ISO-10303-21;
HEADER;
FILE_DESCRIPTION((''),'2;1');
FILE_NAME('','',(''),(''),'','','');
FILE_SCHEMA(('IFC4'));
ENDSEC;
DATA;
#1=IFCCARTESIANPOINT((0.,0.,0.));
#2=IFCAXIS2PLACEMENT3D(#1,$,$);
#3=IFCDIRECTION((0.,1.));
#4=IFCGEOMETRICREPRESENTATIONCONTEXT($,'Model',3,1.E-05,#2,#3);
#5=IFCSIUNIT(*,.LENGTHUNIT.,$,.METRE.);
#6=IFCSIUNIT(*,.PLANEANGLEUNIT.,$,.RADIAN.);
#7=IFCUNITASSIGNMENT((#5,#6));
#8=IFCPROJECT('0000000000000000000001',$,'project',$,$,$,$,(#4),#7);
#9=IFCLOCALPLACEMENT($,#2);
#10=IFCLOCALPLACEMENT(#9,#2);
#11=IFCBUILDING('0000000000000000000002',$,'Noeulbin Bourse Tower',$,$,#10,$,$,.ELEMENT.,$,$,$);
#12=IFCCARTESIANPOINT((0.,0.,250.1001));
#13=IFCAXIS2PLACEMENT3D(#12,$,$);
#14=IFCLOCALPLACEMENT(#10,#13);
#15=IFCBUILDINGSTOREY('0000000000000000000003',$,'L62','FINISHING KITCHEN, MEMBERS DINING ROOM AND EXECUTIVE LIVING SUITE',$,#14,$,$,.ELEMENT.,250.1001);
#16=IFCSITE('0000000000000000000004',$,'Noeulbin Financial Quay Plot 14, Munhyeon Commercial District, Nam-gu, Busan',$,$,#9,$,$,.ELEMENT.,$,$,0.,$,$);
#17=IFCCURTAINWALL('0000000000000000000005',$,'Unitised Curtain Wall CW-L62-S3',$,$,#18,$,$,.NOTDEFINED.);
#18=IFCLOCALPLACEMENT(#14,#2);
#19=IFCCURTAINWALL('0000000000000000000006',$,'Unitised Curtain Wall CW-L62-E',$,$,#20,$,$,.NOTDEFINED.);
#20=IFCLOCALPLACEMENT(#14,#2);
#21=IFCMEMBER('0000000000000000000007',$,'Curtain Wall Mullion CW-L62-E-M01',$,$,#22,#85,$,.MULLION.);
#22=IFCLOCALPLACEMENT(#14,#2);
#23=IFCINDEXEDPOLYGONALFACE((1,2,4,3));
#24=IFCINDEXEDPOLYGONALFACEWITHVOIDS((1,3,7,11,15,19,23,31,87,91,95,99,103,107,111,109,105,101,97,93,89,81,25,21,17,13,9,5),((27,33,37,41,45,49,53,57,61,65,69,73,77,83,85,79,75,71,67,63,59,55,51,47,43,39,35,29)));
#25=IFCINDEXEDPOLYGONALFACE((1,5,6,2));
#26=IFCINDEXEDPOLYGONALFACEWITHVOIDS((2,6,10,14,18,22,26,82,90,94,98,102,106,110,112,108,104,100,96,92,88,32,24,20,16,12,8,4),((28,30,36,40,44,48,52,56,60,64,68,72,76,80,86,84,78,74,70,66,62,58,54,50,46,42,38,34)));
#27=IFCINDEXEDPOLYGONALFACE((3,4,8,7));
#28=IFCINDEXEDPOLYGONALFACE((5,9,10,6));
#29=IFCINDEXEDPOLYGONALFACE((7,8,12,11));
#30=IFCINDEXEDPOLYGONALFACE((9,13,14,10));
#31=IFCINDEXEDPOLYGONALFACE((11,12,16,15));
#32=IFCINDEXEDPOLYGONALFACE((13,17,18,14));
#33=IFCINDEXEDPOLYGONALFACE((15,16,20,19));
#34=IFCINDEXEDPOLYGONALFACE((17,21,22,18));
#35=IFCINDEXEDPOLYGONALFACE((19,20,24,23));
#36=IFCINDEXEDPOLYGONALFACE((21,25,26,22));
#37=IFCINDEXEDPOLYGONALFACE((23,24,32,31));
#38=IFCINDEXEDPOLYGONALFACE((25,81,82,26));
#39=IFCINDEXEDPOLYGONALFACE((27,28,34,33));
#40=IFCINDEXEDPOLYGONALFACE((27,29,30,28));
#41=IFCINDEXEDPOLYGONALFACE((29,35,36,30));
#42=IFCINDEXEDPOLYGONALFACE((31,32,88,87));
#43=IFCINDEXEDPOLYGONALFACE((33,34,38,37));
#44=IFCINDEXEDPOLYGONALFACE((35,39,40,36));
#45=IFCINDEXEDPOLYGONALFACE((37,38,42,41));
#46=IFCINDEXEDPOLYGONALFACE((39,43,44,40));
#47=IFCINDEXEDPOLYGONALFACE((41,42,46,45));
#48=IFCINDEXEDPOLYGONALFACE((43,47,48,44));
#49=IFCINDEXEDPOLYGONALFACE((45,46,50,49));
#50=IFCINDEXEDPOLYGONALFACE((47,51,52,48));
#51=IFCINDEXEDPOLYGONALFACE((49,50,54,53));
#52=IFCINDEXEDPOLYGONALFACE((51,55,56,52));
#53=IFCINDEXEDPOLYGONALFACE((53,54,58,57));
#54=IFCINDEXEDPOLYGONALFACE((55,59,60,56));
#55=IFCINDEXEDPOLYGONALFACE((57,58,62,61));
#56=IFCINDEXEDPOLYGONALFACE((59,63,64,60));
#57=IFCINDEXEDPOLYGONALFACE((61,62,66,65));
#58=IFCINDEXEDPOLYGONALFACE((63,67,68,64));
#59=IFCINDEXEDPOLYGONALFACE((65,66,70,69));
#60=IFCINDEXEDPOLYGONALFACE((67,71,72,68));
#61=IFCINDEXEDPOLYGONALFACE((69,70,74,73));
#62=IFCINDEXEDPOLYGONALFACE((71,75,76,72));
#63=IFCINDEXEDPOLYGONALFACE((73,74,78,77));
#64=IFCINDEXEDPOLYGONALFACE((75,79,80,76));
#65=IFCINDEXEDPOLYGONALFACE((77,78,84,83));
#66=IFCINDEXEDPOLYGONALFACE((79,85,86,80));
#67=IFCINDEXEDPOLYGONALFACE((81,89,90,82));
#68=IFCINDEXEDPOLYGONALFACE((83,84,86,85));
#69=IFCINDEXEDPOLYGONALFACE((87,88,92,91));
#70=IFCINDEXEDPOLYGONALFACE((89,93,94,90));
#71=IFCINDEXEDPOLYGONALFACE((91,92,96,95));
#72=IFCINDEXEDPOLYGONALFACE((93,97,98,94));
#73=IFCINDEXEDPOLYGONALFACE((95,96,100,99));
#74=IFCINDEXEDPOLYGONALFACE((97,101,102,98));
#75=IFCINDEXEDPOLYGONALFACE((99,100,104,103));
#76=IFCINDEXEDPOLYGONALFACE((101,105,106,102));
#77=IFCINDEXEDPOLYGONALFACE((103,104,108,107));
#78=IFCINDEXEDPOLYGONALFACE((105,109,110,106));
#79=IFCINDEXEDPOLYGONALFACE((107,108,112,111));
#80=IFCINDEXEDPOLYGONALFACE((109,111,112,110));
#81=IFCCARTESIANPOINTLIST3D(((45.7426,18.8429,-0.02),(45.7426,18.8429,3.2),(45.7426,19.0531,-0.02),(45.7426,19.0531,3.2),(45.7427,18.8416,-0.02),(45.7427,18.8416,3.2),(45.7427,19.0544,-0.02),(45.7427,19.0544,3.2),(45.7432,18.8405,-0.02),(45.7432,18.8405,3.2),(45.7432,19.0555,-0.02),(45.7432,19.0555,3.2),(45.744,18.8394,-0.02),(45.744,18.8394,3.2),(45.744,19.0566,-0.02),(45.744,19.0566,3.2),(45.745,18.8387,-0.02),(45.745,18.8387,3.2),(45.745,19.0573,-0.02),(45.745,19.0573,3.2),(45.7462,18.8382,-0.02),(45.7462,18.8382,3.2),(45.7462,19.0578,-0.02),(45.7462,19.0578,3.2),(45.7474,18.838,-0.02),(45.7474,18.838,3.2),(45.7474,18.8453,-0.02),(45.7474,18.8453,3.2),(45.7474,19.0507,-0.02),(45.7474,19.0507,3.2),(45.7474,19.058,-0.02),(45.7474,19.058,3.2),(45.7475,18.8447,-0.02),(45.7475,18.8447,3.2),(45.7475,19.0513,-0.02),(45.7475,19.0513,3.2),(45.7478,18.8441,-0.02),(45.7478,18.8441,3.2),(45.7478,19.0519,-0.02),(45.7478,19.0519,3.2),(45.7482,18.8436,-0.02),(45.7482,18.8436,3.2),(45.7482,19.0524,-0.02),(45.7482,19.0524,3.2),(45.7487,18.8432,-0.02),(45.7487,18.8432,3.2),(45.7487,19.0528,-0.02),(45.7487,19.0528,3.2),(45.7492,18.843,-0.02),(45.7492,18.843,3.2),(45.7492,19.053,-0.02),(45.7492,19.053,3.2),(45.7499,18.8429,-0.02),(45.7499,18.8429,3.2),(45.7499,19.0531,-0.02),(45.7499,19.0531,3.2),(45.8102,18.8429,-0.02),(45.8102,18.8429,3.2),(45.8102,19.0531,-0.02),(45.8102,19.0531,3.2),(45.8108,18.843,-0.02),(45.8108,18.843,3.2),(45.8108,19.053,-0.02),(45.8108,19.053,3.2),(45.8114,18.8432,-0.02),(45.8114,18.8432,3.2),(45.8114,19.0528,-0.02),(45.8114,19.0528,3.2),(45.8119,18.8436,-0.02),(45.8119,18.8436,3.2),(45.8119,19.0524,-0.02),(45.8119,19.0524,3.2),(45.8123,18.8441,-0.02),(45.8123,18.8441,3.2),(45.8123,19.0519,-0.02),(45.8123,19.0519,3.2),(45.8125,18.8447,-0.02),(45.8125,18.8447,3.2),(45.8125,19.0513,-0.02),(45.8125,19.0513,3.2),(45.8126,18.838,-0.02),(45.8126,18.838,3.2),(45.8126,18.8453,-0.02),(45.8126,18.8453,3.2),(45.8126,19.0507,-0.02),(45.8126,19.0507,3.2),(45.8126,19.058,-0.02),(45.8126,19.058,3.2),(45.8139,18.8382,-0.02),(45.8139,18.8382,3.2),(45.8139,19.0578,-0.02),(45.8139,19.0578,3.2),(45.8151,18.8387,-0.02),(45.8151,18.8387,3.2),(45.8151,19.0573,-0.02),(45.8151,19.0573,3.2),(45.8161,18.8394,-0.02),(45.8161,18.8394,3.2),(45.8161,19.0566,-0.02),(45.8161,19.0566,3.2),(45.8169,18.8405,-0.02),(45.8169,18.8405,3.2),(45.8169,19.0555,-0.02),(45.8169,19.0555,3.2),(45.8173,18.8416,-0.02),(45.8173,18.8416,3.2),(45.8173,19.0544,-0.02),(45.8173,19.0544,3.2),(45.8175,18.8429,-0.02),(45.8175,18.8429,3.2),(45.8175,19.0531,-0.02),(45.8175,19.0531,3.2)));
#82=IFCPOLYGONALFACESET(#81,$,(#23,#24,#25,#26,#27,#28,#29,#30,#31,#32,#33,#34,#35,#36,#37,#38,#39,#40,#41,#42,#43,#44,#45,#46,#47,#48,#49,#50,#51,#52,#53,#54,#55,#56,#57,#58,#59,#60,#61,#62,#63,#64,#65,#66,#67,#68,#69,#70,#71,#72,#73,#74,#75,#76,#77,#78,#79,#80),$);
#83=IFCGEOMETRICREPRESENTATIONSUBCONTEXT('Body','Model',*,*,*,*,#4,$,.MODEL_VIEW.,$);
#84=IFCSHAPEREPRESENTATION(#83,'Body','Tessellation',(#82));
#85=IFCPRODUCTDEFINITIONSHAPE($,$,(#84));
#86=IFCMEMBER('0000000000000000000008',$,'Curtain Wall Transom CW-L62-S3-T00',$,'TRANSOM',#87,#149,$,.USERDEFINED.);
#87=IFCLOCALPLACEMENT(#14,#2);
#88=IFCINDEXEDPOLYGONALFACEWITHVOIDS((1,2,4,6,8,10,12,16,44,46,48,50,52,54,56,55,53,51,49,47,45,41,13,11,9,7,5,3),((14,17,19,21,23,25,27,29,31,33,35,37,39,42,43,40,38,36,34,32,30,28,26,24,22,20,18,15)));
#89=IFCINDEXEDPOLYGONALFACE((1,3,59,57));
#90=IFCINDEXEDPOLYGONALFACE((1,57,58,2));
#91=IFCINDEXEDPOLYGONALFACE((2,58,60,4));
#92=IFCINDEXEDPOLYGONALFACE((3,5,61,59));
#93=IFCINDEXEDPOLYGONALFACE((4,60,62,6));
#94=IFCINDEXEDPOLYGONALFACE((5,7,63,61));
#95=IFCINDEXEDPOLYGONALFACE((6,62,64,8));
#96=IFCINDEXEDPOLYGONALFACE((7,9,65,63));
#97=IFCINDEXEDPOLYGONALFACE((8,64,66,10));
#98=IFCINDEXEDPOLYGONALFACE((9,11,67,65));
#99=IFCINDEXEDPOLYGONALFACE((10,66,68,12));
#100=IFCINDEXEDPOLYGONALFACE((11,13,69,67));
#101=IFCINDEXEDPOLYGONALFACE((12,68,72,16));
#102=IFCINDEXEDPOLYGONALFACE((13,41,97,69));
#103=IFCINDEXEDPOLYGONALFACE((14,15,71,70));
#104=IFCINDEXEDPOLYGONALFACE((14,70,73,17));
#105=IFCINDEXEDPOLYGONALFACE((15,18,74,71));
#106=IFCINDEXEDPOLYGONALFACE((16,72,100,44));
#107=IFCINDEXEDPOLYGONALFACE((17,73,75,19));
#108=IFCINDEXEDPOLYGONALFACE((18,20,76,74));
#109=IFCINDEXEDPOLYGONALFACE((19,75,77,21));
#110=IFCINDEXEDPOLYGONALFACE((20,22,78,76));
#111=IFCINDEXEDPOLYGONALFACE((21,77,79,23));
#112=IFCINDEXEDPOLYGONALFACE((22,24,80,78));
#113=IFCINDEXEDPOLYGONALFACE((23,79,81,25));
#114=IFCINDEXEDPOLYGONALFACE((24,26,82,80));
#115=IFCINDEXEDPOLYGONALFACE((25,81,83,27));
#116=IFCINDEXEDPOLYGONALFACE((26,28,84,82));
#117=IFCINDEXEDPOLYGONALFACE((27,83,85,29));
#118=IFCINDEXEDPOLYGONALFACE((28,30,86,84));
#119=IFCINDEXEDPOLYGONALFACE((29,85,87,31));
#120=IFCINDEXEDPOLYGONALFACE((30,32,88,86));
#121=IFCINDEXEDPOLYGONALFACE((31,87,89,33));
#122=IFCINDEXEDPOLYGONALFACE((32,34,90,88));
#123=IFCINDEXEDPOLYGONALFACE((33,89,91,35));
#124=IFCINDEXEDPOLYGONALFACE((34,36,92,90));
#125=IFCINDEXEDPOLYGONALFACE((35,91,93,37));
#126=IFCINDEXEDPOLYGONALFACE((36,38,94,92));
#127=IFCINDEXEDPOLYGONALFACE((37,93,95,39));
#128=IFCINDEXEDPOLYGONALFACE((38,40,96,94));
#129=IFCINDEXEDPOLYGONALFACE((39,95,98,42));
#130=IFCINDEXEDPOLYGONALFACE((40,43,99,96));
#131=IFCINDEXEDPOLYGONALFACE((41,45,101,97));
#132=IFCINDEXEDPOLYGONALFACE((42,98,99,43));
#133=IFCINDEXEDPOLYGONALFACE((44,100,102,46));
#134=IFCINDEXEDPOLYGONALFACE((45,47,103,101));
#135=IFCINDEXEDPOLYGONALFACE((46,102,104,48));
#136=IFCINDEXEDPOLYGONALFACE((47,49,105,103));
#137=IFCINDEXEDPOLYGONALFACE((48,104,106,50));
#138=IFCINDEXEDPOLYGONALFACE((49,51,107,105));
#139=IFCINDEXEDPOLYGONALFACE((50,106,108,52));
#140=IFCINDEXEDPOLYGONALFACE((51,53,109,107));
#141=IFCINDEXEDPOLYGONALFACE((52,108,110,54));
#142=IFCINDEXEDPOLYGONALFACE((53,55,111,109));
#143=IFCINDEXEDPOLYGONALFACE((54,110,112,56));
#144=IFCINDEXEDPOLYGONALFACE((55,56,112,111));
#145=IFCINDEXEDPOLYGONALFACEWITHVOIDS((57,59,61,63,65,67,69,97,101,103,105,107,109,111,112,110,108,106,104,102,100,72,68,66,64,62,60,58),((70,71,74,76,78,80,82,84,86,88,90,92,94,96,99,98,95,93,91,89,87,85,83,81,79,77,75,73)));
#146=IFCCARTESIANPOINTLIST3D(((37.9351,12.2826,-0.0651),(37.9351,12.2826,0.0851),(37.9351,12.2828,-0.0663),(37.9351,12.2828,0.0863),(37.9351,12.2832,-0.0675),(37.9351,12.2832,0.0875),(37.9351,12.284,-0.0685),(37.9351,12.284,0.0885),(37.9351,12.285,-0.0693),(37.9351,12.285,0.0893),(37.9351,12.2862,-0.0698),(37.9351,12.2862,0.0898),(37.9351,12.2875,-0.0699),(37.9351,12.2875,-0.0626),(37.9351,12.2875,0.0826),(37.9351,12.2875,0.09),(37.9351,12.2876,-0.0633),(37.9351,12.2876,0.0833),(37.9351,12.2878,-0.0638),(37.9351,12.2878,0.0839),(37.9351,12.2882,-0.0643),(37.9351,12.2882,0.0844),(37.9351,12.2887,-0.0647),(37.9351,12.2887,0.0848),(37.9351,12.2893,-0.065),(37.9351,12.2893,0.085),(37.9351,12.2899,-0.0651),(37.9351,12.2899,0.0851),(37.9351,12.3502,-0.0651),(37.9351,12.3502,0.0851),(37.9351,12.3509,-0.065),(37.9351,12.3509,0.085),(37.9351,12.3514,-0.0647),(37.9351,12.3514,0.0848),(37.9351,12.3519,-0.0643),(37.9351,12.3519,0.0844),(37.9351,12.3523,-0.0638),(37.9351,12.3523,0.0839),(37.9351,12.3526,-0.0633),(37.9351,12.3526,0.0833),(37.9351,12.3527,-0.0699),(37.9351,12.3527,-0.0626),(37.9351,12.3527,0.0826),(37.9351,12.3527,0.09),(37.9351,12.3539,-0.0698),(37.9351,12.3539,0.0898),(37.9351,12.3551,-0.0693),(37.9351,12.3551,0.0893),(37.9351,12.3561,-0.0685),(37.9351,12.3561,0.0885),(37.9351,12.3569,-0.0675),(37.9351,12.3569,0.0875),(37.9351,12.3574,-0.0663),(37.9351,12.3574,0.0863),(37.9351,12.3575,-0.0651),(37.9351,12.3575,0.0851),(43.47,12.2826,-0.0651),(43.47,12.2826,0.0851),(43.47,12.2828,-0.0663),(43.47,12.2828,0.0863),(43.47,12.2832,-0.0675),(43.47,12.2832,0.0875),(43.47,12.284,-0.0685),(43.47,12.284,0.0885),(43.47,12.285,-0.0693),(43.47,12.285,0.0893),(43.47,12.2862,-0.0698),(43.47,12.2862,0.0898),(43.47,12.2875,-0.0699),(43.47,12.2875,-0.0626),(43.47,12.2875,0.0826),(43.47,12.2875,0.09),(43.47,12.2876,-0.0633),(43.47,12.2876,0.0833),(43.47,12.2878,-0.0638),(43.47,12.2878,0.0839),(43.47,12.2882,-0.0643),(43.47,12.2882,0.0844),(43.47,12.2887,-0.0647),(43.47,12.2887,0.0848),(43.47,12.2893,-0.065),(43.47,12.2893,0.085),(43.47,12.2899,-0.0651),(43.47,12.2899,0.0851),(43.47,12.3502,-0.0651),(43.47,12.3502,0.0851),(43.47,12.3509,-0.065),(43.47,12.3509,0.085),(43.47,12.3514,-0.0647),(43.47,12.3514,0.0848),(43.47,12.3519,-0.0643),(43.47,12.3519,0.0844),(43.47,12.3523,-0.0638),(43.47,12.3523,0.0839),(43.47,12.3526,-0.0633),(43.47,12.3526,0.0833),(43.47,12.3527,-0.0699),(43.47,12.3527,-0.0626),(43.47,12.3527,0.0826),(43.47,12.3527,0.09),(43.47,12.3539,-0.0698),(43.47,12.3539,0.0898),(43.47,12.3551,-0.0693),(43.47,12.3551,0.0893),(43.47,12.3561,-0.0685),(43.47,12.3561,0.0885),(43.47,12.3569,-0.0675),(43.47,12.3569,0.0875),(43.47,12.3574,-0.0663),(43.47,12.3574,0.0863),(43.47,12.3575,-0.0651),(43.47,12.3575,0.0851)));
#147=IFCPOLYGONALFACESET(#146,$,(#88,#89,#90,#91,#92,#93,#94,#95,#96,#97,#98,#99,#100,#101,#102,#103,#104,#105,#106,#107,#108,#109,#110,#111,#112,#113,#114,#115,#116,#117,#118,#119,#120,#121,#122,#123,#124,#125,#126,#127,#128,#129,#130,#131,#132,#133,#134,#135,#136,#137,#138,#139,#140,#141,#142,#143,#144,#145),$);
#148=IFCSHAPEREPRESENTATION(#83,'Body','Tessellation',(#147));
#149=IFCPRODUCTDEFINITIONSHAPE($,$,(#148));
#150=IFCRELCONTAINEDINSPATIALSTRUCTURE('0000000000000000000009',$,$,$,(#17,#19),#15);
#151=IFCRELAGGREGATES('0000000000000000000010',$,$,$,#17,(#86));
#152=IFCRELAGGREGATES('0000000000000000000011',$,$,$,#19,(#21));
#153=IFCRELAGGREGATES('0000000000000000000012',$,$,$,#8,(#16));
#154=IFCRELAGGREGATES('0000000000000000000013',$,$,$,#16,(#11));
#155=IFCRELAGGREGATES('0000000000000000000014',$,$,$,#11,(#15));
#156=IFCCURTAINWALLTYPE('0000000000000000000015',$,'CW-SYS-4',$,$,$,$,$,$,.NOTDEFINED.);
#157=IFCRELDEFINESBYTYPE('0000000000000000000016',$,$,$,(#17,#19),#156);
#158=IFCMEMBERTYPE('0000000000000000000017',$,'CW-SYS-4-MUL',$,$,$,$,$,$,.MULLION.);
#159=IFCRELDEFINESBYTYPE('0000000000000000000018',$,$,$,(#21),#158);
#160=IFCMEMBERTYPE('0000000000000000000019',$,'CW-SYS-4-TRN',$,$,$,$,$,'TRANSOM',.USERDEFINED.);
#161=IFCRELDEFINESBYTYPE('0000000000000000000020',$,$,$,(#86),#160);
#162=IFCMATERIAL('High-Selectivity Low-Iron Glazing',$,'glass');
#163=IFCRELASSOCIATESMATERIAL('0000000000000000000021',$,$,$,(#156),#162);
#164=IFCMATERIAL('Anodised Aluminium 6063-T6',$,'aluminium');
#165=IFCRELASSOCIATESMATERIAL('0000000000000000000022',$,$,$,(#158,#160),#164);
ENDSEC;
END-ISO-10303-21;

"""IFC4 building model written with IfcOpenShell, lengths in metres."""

from ifc_helpers import new_model, si_unit, direction, frame, origin, origin_2d, place, context, subcontext, project, spatial, hollow_rectangle, extrude, material, material_profile, profile_set, type_object, element, aggregate, save


model = new_model("IFC4")

# Units and contexts
model_context = context("Model", 3, precision=1e-05, world=origin(), true_north=direction((0.0, 1.0)))
body_context = subcontext(model_context, "Body", "Model", "MODEL_VIEW")
ifc_project = project(units=[si_unit("LENGTHUNIT", "METRE"), si_unit("PLANEANGLEUNIT", "RADIAN")], contexts=[model_context])

# Site, building, storey
site_placement = place(None, origin())
site = spatial("IfcSite", under=ifc_project, at=site_placement, Name="Noeulbin Financial Quay Plot 14, Munhyeon Commercial District, Nam-gu, Busan", CompositionType="ELEMENT", RefElevation=0.0)
building_placement = place(site_placement, origin())
building = spatial("IfcBuilding", under=site, at=building_placement, Name="Noeulbin Bourse Tower", CompositionType="ELEMENT")
storey_placement = place(building_placement, frame((0.0, 0.0, 250.1001)))
storey = spatial("IfcBuildingStorey", under=building, at=storey_placement, Name="L62", Description="FINISHING KITCHEN, MEMBERS DINING ROOM AND EXECUTIVE LIVING SUITE", CompositionType="ELEMENT", Elevation=250.1001)

# Curtain walls, member
ifc_material_1 = material(Name="High-Selectivity Low-Iron Glazing", Category="glass")
curtain_wall_type = type_object("IfcCurtainWallType", Name="CW-SYS-4", PredefinedType="NOTDEFINED", material=ifc_material_1)
curtain_wall_1_placement = place(storey_placement, origin())
curtain_wall_1 = element("IfcCurtainWall", 1, at=curtain_wall_1_placement, inside=storey, type_object=curtain_wall_type, Name="Unitised Curtain Wall CW-L62-S3", PredefinedType="NOTDEFINED")
ifc_material_2 = material(Name="Anodised Aluminium 6063-T6", Category="aluminium")
ifc_material_profile_1 = material_profile(ifc_material_2, hollow_rectangle(XDim=0.075, YDim=0.22, WallThickness=0.0049, InnerFilletRadius=0.0024, OuterFilletRadius=0.0049, at=origin_2d()), Name="ALU-MULL-75x220x5", Category="LoadBearing")
ifc_profile_set_1 = profile_set([ifc_material_profile_1], Name="Anodised Aluminium 6063-T6")
member_type_1 = type_object("IfcMemberType", Name="CW-SYS-4-MUL", PredefinedType="MULLION", material=ifc_profile_set_1)
curtain_wall_2_placement = place(storey_placement, origin())
curtain_wall_2 = element("IfcCurtainWall", 2, at=curtain_wall_2_placement, inside=storey, type_object=curtain_wall_type, Name="Unitised Curtain Wall CW-L62-E", PredefinedType="NOTDEFINED")
member_1_placement = place(storey_placement, frame((45.78, 18.948, -0.02), z_axis=(0.0, 0.0, 1.0), x_axis=(1.0, 0.0, 0.0)))
member_1 = element("IfcMember", 3, at=member_1_placement, type_object=member_type_1, Name="Curtain Wall Mullion CW-L62-E-M01", PredefinedType="MULLION", context=body_context, shape_type="SweptSolid", body=[
    extrude(hollow_rectangle(XDim=0.075, YDim=0.22, WallThickness=0.0049, InnerFilletRadius=0.0024, OuterFilletRadius=0.0049, at=origin_2d()), origin(), (0.0, 0.0, 1.0), 3.22),
])

# Member
ifc_material_profile_2 = material_profile(ifc_material_2, hollow_rectangle(XDim=0.075, YDim=0.1599, WallThickness=0.0049, InnerFilletRadius=0.0024, OuterFilletRadius=0.0049, at=origin_2d()), Name="ALU-TRAN-75x160x5", Category="LoadBearing")
ifc_profile_set_2 = profile_set([ifc_material_profile_2], Name="Anodised Aluminium 6063-T6")
member_type_2 = type_object("IfcMemberType", Name="CW-SYS-4-TRN", ElementType="TRANSOM", PredefinedType="USERDEFINED", material=ifc_profile_set_2)
member_2_placement = place(storey_placement, frame((37.9351, 12.3201, 0.01), z_axis=(1.0, 0.0, 0.0), x_axis=(0.0, 1.0, 0.0)))
member_2 = element("IfcMember", 4, at=member_2_placement, type_object=member_type_2, Name="Curtain Wall Transom CW-L62-S3-T00", ObjectType="TRANSOM", PredefinedType="USERDEFINED", context=body_context, shape_type="SweptSolid", body=[
    extrude(hollow_rectangle(XDim=0.075, YDim=0.1599, WallThickness=0.0049, InnerFilletRadius=0.0024, OuterFilletRadius=0.0049, at=origin_2d()), origin(), (0.0, 0.0, 1.0), 5.5349),
])

aggregate(curtain_wall_1, [member_2])
aggregate(curtain_wall_2, [member_1])

save(model, "model.ifc")
